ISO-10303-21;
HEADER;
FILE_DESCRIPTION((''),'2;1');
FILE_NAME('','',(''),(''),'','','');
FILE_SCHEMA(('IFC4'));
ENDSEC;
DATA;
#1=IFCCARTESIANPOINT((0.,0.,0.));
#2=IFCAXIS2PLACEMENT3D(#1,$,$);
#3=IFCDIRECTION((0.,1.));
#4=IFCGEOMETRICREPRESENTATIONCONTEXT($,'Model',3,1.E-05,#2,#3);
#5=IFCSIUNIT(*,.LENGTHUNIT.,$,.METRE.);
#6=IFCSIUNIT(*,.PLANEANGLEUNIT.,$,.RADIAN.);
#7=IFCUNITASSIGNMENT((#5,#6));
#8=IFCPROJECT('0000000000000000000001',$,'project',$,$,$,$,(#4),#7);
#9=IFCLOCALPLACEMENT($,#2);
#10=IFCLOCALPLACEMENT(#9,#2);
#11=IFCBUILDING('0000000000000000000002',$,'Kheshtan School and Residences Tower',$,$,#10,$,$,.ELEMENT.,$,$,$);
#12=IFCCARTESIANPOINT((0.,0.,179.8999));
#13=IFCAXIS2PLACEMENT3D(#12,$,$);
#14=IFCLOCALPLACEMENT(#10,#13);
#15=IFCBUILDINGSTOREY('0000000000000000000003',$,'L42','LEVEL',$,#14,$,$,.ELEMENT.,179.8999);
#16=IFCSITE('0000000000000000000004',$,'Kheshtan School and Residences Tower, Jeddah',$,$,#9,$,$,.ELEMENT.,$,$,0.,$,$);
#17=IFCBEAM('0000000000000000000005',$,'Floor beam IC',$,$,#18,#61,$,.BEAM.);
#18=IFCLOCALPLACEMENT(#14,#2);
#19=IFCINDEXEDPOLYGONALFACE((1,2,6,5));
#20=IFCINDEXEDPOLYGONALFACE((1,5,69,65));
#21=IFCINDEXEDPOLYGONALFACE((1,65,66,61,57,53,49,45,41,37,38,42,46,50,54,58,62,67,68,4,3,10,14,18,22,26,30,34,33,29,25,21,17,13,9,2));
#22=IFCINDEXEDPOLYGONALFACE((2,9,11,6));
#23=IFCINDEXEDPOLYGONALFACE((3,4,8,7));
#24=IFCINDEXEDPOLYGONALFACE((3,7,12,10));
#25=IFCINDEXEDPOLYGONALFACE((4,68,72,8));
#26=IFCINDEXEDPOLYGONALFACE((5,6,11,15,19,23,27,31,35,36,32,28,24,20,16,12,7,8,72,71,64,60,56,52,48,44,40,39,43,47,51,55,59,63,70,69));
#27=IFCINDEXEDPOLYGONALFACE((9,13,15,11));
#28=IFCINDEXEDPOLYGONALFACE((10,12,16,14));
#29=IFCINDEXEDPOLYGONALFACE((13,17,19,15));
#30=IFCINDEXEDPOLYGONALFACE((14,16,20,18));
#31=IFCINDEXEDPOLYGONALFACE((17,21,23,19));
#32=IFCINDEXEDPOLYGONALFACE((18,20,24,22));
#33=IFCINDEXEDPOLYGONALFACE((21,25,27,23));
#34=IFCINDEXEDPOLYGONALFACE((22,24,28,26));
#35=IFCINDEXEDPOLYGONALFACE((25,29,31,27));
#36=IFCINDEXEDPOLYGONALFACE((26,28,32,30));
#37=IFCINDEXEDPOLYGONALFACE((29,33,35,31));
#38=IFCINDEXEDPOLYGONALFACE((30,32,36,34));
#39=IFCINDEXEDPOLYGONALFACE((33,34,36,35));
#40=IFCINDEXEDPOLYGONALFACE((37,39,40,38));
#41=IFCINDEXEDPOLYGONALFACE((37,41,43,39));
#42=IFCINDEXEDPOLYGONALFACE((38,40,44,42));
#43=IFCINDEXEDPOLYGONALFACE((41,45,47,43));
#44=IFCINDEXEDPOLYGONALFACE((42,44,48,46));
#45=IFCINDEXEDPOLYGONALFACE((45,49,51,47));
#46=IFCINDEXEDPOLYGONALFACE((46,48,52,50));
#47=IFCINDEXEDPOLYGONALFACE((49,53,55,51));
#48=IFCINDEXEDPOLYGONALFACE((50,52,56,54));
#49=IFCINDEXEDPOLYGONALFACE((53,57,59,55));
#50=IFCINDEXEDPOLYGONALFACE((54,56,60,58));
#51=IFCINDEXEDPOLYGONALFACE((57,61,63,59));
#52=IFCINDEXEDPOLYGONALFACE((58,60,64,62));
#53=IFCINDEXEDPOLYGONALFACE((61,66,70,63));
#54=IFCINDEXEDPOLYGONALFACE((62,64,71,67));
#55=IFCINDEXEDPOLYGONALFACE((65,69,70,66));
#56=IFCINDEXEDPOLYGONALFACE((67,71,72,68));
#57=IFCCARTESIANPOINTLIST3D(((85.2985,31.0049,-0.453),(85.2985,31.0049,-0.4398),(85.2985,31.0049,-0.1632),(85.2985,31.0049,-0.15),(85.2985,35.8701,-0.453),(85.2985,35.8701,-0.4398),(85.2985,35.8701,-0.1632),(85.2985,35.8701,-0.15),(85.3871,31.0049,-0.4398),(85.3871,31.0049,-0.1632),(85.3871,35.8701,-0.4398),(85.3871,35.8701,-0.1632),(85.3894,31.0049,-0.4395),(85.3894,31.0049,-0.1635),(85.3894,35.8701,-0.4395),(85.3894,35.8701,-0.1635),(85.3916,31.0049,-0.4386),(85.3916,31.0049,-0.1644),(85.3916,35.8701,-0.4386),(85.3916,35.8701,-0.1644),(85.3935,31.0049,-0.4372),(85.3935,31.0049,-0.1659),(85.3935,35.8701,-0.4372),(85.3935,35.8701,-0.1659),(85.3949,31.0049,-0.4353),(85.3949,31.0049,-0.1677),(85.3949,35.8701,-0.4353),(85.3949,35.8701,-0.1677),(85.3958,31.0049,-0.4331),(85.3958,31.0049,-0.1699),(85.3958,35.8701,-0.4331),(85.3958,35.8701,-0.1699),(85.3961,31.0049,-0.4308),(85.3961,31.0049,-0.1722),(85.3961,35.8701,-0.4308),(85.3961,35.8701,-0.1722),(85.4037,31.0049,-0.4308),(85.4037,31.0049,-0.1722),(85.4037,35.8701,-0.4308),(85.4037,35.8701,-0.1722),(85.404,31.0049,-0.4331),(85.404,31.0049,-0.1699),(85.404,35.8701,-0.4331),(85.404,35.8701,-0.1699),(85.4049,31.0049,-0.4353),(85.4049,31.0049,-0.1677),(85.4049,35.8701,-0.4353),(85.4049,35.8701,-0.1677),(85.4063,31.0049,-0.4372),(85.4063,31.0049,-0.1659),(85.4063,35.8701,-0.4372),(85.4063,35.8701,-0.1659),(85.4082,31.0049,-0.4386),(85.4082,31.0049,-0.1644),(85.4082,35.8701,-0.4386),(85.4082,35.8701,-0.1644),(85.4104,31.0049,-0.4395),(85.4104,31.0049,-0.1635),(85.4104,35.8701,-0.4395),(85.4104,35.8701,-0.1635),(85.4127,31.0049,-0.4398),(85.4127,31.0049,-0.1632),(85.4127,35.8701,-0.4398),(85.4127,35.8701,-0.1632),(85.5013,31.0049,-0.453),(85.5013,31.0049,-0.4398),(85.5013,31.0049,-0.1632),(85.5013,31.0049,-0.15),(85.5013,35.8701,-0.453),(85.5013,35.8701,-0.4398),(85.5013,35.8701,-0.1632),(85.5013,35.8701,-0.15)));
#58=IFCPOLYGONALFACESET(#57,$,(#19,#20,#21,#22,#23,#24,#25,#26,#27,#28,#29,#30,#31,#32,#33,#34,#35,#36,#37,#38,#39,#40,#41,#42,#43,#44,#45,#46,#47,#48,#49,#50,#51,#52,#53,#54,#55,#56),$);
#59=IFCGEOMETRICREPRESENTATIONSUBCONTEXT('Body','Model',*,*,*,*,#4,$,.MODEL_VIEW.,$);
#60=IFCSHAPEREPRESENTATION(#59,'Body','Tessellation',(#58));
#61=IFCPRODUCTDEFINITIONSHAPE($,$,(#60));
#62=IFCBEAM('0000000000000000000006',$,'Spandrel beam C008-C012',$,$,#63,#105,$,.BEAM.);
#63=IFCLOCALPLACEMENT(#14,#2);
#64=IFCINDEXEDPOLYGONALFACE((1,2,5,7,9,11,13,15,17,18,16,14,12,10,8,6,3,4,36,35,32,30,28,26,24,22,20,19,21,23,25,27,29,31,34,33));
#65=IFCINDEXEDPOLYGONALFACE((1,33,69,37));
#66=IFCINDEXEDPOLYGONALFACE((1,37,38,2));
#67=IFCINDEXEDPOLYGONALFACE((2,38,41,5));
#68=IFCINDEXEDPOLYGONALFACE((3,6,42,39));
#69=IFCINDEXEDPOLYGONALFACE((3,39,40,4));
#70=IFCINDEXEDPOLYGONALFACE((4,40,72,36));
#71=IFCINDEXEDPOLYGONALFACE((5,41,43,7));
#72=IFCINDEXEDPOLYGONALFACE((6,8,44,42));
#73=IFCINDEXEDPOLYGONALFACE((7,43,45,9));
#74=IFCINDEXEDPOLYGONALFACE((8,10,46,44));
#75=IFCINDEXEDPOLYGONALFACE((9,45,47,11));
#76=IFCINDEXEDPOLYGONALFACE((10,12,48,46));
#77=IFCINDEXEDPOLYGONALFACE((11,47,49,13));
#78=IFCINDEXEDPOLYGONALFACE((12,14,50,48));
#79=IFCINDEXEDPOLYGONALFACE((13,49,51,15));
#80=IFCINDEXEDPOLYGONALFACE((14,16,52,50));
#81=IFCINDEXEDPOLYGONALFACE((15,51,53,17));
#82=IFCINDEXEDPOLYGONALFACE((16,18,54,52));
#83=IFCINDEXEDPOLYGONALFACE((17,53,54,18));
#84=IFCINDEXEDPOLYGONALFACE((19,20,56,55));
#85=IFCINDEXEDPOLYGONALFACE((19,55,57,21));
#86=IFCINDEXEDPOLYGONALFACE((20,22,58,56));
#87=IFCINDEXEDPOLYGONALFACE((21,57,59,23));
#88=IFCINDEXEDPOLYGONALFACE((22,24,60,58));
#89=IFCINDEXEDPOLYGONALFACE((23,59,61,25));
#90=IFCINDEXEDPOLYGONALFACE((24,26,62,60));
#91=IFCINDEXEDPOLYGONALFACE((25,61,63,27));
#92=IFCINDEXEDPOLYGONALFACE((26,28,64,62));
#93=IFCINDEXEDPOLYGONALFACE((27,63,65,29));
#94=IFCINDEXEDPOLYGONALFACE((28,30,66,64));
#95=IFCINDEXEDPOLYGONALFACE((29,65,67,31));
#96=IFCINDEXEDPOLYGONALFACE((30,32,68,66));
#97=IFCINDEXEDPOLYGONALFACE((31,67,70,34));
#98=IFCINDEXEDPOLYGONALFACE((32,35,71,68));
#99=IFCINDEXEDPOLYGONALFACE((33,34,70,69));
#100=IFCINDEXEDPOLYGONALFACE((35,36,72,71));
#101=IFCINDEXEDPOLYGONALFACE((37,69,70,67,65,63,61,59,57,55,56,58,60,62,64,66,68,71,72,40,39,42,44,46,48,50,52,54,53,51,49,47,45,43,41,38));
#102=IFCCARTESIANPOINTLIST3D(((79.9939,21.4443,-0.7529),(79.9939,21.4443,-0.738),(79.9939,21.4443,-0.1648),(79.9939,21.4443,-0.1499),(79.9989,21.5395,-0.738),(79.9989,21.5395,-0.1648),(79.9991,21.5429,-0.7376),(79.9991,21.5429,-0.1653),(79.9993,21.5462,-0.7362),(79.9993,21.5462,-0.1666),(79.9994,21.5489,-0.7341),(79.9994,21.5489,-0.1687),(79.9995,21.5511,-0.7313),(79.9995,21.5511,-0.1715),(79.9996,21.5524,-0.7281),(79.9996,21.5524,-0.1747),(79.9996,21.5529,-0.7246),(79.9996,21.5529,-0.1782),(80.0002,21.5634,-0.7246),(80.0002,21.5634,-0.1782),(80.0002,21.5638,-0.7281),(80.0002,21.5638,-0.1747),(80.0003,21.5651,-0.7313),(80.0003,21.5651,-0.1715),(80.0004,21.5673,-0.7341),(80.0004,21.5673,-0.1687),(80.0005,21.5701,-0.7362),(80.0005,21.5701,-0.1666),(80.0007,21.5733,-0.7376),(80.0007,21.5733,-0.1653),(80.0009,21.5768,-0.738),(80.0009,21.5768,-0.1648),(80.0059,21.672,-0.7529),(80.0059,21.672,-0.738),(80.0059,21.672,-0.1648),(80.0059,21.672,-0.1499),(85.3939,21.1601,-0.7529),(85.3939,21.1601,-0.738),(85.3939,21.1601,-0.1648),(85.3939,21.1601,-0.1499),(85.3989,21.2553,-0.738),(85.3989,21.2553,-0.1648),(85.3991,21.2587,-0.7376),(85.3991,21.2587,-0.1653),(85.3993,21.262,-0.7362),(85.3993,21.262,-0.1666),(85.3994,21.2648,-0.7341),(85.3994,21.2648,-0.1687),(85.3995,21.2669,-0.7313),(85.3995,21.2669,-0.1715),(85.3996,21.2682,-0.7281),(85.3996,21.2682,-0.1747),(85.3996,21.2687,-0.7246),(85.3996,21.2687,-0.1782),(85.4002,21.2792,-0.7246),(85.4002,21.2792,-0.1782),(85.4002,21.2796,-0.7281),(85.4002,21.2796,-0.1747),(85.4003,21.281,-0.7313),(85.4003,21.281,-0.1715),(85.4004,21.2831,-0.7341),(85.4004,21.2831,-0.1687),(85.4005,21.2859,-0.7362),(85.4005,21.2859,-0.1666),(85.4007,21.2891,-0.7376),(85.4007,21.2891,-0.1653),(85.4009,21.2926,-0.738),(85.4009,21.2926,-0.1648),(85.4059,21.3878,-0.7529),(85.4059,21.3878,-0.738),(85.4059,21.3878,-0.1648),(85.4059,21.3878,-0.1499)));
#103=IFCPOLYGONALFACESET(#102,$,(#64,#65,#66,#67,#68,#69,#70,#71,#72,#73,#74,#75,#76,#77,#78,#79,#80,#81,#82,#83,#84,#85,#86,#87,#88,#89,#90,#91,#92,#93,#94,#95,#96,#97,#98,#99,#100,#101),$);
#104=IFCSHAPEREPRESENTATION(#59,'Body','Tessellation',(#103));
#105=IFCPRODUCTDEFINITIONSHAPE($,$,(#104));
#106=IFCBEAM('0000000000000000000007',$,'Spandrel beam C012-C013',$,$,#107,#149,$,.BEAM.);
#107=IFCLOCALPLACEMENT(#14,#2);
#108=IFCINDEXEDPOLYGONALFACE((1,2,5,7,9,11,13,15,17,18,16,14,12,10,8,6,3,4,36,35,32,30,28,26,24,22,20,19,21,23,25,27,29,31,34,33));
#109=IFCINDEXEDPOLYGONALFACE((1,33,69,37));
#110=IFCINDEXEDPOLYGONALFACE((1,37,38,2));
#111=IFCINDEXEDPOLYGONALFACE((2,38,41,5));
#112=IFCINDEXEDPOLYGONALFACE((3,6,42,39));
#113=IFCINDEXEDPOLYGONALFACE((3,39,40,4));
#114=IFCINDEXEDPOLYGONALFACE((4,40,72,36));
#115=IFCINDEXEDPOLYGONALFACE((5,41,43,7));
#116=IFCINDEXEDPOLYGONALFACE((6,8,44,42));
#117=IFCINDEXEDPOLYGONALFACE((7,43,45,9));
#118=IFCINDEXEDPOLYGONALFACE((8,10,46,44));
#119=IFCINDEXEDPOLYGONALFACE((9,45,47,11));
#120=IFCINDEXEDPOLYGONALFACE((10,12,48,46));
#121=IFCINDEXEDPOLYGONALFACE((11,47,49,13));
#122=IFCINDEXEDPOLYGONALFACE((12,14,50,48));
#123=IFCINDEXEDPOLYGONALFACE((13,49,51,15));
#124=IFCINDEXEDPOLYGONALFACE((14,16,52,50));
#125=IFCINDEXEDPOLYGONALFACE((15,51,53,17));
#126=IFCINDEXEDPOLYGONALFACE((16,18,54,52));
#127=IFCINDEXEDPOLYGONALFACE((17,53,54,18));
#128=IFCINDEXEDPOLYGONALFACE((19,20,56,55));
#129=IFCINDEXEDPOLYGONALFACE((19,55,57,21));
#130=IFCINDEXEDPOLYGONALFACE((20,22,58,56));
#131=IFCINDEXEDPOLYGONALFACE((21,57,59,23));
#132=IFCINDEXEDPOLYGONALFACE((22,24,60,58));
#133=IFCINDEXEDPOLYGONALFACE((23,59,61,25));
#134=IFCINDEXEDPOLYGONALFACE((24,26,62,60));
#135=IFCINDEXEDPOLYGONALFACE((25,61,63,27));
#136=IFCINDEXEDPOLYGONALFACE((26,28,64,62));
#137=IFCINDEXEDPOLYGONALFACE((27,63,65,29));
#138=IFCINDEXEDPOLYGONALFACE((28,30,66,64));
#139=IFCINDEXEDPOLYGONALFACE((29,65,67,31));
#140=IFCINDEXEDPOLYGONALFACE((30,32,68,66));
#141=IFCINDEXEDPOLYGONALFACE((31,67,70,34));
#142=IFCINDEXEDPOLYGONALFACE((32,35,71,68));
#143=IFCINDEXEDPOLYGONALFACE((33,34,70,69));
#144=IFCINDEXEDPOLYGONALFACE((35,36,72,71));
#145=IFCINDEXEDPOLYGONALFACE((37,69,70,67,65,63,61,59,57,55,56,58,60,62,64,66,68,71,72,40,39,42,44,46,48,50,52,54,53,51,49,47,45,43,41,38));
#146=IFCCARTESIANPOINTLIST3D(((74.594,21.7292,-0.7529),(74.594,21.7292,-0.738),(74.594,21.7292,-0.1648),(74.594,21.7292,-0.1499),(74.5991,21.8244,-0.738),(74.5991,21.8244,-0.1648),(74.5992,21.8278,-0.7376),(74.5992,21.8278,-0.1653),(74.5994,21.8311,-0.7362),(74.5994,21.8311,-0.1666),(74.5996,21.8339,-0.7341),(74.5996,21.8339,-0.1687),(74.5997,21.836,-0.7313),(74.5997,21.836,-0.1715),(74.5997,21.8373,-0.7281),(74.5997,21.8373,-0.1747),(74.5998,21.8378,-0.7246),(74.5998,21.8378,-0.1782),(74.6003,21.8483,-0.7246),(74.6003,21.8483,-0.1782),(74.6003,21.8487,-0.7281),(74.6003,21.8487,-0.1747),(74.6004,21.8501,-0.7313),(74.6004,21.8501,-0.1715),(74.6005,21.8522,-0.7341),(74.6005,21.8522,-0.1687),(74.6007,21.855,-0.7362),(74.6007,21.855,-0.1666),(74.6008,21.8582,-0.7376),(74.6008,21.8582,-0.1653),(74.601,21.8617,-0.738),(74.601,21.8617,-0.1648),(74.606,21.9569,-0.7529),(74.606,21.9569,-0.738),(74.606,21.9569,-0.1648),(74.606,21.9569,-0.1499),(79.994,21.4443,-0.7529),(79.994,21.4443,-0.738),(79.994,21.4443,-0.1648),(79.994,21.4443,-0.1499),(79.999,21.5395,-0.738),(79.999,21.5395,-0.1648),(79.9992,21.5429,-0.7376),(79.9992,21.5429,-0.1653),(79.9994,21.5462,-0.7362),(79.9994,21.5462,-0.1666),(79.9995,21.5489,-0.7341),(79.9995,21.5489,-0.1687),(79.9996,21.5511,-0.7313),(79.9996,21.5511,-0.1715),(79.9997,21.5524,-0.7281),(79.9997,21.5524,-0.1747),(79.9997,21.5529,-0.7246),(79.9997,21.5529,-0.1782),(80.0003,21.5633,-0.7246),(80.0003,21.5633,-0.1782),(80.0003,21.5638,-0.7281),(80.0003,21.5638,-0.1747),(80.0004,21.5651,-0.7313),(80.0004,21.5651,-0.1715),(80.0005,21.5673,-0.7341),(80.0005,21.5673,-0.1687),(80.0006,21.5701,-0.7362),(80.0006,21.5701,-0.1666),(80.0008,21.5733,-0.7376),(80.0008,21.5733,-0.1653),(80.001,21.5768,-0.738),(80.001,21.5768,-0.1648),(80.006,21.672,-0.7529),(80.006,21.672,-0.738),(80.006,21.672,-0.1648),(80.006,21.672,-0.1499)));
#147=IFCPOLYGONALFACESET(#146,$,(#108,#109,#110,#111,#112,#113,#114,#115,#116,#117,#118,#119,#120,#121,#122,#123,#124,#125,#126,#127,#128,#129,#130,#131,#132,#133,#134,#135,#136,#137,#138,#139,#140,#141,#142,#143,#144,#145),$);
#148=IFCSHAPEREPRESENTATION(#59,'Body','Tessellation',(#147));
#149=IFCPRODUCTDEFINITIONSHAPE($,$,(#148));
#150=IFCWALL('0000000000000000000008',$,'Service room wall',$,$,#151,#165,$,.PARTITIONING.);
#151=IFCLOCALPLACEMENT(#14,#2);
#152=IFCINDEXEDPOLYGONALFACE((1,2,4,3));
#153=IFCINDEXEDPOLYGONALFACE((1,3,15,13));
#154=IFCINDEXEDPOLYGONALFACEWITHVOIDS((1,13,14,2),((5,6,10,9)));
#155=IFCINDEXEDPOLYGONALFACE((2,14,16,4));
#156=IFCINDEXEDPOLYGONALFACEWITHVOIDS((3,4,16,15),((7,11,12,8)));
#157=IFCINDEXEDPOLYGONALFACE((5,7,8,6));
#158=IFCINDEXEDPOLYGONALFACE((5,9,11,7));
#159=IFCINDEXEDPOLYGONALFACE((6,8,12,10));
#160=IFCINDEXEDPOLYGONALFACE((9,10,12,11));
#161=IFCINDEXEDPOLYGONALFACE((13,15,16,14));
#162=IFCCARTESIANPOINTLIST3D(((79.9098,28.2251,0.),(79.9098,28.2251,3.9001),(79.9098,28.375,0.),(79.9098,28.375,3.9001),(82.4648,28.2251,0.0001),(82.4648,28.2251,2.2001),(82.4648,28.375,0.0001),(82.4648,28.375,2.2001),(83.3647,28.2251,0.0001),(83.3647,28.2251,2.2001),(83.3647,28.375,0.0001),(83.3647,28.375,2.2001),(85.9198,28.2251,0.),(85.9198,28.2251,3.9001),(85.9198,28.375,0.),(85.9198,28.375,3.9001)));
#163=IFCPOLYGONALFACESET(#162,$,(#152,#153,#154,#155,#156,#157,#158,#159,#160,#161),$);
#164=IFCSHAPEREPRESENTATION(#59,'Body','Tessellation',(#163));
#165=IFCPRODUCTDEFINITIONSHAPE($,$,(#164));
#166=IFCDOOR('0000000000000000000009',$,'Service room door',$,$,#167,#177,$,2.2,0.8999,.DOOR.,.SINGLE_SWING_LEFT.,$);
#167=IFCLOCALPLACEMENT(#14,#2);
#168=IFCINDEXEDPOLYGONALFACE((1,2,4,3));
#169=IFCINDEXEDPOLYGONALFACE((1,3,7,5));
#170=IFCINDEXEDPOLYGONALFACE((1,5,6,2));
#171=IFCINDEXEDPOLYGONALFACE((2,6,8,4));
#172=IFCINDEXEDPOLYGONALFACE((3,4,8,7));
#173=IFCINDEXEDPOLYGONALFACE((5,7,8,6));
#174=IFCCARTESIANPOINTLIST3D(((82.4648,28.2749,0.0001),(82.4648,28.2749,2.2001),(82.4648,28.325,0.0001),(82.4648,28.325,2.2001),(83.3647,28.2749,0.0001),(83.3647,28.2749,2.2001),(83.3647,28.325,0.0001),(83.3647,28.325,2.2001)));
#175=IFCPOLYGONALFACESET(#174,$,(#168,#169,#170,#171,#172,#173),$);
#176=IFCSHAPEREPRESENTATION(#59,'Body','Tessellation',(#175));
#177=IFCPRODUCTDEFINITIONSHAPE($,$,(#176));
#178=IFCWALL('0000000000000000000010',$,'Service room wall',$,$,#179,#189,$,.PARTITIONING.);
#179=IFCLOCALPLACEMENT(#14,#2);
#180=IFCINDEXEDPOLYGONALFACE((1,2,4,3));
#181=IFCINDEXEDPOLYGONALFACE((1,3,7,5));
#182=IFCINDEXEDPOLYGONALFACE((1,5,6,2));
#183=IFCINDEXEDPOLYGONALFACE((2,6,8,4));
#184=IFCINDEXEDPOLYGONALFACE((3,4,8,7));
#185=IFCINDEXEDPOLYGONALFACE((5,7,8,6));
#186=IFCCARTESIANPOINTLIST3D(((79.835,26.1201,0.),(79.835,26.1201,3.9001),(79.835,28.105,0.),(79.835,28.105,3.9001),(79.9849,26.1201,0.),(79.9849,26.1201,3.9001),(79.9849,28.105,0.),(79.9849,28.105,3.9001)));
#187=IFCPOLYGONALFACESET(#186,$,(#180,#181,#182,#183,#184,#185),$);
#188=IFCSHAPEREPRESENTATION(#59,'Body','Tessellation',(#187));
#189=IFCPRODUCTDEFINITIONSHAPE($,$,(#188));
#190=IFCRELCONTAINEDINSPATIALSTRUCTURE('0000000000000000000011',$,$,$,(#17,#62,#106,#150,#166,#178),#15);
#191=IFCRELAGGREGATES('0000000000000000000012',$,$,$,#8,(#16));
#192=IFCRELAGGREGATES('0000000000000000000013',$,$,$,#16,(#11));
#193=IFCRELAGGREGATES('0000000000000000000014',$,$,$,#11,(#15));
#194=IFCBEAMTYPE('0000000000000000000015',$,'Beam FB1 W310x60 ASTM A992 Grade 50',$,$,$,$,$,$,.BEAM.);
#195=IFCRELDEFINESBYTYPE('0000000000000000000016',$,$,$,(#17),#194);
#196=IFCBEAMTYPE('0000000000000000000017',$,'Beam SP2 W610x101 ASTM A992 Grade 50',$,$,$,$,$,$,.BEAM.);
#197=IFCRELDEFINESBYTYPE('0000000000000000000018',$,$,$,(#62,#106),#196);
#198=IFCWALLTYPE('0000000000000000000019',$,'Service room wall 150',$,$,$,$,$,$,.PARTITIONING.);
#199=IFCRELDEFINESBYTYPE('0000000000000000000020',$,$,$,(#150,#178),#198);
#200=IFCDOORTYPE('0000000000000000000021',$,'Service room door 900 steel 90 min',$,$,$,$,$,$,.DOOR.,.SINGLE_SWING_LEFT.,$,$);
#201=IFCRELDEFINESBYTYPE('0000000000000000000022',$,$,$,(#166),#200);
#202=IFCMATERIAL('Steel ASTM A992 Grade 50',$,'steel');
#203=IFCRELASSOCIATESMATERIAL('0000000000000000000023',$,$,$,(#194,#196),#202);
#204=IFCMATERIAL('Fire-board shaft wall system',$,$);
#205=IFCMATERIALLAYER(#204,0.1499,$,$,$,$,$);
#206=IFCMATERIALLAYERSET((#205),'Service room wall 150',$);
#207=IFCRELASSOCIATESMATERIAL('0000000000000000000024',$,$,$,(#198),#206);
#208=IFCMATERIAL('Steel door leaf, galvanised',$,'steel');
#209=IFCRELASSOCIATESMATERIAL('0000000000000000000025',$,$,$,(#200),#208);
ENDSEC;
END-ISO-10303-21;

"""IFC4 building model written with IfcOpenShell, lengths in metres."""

from ifc_helpers import new_model, si_unit, direction, frame, frame_2d, origin, origin_2d, place, context, subcontext, project, spatial, rectangle, i_section, extrude, source, transform, mapped, material, layer, layer_set, material_profile, profile_set, type_object, element, fill, save


model = new_model("IFC4")

# Units and contexts
model_context = context("Model", 3, precision=1e-05, world=origin(), true_north=direction((0.0, 1.0)))
body_context = subcontext(model_context, "Body", "Model", "MODEL_VIEW")
ifc_project = project(units=[si_unit("LENGTHUNIT", "METRE"), si_unit("PLANEANGLEUNIT", "RADIAN")], contexts=[model_context])

# Site, building, storey
site_placement = place(None, origin())
site = spatial("IfcSite", under=ifc_project, at=site_placement, Name="Kheshtan School and Residences Tower, Jeddah", CompositionType="ELEMENT", RefElevation=0.0)
building_placement = place(site_placement, origin())
building = spatial("IfcBuilding", under=site, at=building_placement, Name="Kheshtan School and Residences Tower", CompositionType="ELEMENT")
storey_placement = place(building_placement, frame((0.0, 0.0, 179.8999)))
storey = spatial("IfcBuildingStorey", under=building, at=storey_placement, Name="L42", Description="LEVEL", CompositionType="ELEMENT", Elevation=179.8999)

# Shared definitions
ifc_material_1 = material(Name="Steel ASTM A992 Grade 50", Category="steel")

# Beams
ifc_material_profile_1 = material_profile(ifc_material_1, i_section(OverallWidth=0.2029, OverallDepth=0.303, WebThickness=0.0076, FlangeThickness=0.0132, FilletRadius=0.009, at=origin_2d()), Name="W310x60")
ifc_profile_set_1 = profile_set([ifc_material_profile_1], Name="Steel ASTM A992 Grade 50")
beam_type_1 = type_object("IfcBeamType", Name="Beam FB1 W310x60 ASTM A992 Grade 50", PredefinedType="BEAM", material=ifc_profile_set_1)
beam_placement = place(storey_placement, frame((85.3999, 31.0049, -0.3015), z_axis=(0.0, 1.0, 0.0), x_axis=(-1.0, 0.0, 0.0)))
element("IfcBeam", 1, at=beam_placement, inside=storey, type_object=beam_type_1, Name="Floor beam IC", PredefinedType="BEAM", context=body_context, shape_type="SweptSolid", body=[
    extrude(i_section(OverallWidth=0.2029, OverallDepth=0.303, WebThickness=0.0076, FlangeThickness=0.0132, FilletRadius=0.009, at=origin_2d()), origin(), (0.0, 0.0, 1.0), 4.8652),
])
ifc_material_profile_2 = material_profile(ifc_material_1, i_section(OverallWidth=0.228, OverallDepth=0.603, WebThickness=0.0105, FlangeThickness=0.0149, FilletRadius=0.0134, at=origin_2d()), Name="W610x101")
ifc_profile_set_2 = profile_set([ifc_material_profile_2], Name="Steel ASTM A992 Grade 50")
beam_type_2 = type_object("IfcBeamType", Name="Beam SP2 W610x101 ASTM A992 Grade 50", PredefinedType="BEAM", material=ifc_profile_set_2)
for number, where, z_axis, x_axis, name in (
    (2, (85.3999, 21.2739, -0.4514), (-0.998618, 0.052554, 0.0), (-0.052554, -0.998618, 0.0), "Spandrel beam C008-C012"),
    (3, (80.0, 21.5581, -0.4514), (-0.998611, 0.052689, 0.0), (-0.052689, -0.998611, 0.0), "Spandrel beam C012-C013"),
):
    element("IfcBeam", number, at=place(storey_placement, frame(where, z_axis=z_axis, x_axis=x_axis)), inside=storey, type_object=beam_type_2, Name=name, PredefinedType="BEAM", context=body_context, shape_type="SweptSolid", body=[
        extrude(i_section(OverallWidth=0.228, OverallDepth=0.603, WebThickness=0.0105, FlangeThickness=0.0149, FilletRadius=0.0134, at=origin_2d()), origin(), (0.0, 0.0, 1.0), 5.4075),
    ])

# Wall, opening, door
ifc_material_2 = material(Name="Fire-board shaft wall system")
ifc_layer_1 = layer(ifc_material_2, 0.1499)
ifc_layer_set_1 = layer_set([ifc_layer_1], Name="Service room wall 150")
wall_type_1 = type_object("IfcWallType", Name="Service room wall 150", PredefinedType="PARTITIONING", material=ifc_layer_set_1)
wall_1_placement = place(storey_placement, frame((79.9099, 28.3, 0.0), z_axis=(0.0, 0.0, 1.0), x_axis=(1.0, 0.0, 0.0)))
wall_1 = element("IfcWall", 4, at=wall_1_placement, inside=storey, type_object=wall_type_1, Name="Service room wall", PredefinedType="PARTITIONING", context=body_context, shape_type="SweptSolid", body=[
    extrude(rectangle(XDim=6.01, YDim=0.1499, at=frame_2d((3.0049, 0.0))), origin(), (0.0, 0.0, 1.0), 3.9001),
])
opening_1_placement = place(wall_1_placement, frame((2.5549, 0.0, 0.0)))
opening_1 = element("IfcOpeningElement", 5, at=opening_1_placement, cuts=wall_1, PredefinedType="OPENING", context=body_context, shape_type="SweptSolid", body=[
    extrude(rectangle(XDim=0.8999, YDim=2.2, at=frame_2d((0.45, 1.1001))), frame((0.0, 0.085, 0.0), z_axis=(0.0, -1.0, 0.0), x_axis=(1.0, 0.0, 0.0)), (0.0, 0.0, 1.0), 0.1699),
])
ifc_material_3 = material(Name="Steel door leaf, galvanised", Category="steel")
door_type_1 = type_object("IfcDoorType", Name="Service room door 900 steel 90 min", OperationType="SINGLE_SWING_LEFT", PredefinedType="DOOR", material=ifc_material_3)
shared_shape_1 = source(origin(), body_context, "Body", "SweptSolid", [
    extrude(rectangle(XDim=0.8999, YDim=2.2, at=frame_2d((0.45, 1.1001))), frame((0.0, 0.0249, 0.0), z_axis=(0.0, -1.0, 0.0), x_axis=(1.0, 0.0, 0.0)), (0.0, 0.0, 1.0), 0.05),
])
door_1_placement = place(opening_1_placement, origin())
door_1 = element("IfcDoor", 6, at=door_1_placement, inside=storey, type_object=door_type_1, Name="Service room door", OperationType="SINGLE_SWING_LEFT", OverallHeight=2.2, OverallWidth=0.8999, PredefinedType="DOOR", context=body_context, shape_type="MappedRepresentation", body=[
    mapped(shared_shape_1, transform((0.0, 0.0, 0.0), x_axis=(1.0, 0.0, 0.0), y_axis=(0.0, 1.0, 0.0), z_axis=(0.0, 0.0, 1.0), scale=1.0)),
])
fill(opening_1, door_1)

# Wall
wall_2_placement = place(storey_placement, frame((79.9099, 26.1201, 0.0), z_axis=(0.0, 0.0, 1.0), x_axis=(0.0, 1.0, 0.0)))
element("IfcWall", 7, at=wall_2_placement, inside=storey, type_object=wall_type_1, Name="Service room wall", PredefinedType="PARTITIONING", context=body_context, shape_type="SweptSolid", body=[
    extrude(rectangle(XDim=1.9849, YDim=0.1499, at=frame_2d((0.9924, 0.0))), origin(), (0.0, 0.0, 1.0), 3.9001),
])

save(model, "model.ifc")
